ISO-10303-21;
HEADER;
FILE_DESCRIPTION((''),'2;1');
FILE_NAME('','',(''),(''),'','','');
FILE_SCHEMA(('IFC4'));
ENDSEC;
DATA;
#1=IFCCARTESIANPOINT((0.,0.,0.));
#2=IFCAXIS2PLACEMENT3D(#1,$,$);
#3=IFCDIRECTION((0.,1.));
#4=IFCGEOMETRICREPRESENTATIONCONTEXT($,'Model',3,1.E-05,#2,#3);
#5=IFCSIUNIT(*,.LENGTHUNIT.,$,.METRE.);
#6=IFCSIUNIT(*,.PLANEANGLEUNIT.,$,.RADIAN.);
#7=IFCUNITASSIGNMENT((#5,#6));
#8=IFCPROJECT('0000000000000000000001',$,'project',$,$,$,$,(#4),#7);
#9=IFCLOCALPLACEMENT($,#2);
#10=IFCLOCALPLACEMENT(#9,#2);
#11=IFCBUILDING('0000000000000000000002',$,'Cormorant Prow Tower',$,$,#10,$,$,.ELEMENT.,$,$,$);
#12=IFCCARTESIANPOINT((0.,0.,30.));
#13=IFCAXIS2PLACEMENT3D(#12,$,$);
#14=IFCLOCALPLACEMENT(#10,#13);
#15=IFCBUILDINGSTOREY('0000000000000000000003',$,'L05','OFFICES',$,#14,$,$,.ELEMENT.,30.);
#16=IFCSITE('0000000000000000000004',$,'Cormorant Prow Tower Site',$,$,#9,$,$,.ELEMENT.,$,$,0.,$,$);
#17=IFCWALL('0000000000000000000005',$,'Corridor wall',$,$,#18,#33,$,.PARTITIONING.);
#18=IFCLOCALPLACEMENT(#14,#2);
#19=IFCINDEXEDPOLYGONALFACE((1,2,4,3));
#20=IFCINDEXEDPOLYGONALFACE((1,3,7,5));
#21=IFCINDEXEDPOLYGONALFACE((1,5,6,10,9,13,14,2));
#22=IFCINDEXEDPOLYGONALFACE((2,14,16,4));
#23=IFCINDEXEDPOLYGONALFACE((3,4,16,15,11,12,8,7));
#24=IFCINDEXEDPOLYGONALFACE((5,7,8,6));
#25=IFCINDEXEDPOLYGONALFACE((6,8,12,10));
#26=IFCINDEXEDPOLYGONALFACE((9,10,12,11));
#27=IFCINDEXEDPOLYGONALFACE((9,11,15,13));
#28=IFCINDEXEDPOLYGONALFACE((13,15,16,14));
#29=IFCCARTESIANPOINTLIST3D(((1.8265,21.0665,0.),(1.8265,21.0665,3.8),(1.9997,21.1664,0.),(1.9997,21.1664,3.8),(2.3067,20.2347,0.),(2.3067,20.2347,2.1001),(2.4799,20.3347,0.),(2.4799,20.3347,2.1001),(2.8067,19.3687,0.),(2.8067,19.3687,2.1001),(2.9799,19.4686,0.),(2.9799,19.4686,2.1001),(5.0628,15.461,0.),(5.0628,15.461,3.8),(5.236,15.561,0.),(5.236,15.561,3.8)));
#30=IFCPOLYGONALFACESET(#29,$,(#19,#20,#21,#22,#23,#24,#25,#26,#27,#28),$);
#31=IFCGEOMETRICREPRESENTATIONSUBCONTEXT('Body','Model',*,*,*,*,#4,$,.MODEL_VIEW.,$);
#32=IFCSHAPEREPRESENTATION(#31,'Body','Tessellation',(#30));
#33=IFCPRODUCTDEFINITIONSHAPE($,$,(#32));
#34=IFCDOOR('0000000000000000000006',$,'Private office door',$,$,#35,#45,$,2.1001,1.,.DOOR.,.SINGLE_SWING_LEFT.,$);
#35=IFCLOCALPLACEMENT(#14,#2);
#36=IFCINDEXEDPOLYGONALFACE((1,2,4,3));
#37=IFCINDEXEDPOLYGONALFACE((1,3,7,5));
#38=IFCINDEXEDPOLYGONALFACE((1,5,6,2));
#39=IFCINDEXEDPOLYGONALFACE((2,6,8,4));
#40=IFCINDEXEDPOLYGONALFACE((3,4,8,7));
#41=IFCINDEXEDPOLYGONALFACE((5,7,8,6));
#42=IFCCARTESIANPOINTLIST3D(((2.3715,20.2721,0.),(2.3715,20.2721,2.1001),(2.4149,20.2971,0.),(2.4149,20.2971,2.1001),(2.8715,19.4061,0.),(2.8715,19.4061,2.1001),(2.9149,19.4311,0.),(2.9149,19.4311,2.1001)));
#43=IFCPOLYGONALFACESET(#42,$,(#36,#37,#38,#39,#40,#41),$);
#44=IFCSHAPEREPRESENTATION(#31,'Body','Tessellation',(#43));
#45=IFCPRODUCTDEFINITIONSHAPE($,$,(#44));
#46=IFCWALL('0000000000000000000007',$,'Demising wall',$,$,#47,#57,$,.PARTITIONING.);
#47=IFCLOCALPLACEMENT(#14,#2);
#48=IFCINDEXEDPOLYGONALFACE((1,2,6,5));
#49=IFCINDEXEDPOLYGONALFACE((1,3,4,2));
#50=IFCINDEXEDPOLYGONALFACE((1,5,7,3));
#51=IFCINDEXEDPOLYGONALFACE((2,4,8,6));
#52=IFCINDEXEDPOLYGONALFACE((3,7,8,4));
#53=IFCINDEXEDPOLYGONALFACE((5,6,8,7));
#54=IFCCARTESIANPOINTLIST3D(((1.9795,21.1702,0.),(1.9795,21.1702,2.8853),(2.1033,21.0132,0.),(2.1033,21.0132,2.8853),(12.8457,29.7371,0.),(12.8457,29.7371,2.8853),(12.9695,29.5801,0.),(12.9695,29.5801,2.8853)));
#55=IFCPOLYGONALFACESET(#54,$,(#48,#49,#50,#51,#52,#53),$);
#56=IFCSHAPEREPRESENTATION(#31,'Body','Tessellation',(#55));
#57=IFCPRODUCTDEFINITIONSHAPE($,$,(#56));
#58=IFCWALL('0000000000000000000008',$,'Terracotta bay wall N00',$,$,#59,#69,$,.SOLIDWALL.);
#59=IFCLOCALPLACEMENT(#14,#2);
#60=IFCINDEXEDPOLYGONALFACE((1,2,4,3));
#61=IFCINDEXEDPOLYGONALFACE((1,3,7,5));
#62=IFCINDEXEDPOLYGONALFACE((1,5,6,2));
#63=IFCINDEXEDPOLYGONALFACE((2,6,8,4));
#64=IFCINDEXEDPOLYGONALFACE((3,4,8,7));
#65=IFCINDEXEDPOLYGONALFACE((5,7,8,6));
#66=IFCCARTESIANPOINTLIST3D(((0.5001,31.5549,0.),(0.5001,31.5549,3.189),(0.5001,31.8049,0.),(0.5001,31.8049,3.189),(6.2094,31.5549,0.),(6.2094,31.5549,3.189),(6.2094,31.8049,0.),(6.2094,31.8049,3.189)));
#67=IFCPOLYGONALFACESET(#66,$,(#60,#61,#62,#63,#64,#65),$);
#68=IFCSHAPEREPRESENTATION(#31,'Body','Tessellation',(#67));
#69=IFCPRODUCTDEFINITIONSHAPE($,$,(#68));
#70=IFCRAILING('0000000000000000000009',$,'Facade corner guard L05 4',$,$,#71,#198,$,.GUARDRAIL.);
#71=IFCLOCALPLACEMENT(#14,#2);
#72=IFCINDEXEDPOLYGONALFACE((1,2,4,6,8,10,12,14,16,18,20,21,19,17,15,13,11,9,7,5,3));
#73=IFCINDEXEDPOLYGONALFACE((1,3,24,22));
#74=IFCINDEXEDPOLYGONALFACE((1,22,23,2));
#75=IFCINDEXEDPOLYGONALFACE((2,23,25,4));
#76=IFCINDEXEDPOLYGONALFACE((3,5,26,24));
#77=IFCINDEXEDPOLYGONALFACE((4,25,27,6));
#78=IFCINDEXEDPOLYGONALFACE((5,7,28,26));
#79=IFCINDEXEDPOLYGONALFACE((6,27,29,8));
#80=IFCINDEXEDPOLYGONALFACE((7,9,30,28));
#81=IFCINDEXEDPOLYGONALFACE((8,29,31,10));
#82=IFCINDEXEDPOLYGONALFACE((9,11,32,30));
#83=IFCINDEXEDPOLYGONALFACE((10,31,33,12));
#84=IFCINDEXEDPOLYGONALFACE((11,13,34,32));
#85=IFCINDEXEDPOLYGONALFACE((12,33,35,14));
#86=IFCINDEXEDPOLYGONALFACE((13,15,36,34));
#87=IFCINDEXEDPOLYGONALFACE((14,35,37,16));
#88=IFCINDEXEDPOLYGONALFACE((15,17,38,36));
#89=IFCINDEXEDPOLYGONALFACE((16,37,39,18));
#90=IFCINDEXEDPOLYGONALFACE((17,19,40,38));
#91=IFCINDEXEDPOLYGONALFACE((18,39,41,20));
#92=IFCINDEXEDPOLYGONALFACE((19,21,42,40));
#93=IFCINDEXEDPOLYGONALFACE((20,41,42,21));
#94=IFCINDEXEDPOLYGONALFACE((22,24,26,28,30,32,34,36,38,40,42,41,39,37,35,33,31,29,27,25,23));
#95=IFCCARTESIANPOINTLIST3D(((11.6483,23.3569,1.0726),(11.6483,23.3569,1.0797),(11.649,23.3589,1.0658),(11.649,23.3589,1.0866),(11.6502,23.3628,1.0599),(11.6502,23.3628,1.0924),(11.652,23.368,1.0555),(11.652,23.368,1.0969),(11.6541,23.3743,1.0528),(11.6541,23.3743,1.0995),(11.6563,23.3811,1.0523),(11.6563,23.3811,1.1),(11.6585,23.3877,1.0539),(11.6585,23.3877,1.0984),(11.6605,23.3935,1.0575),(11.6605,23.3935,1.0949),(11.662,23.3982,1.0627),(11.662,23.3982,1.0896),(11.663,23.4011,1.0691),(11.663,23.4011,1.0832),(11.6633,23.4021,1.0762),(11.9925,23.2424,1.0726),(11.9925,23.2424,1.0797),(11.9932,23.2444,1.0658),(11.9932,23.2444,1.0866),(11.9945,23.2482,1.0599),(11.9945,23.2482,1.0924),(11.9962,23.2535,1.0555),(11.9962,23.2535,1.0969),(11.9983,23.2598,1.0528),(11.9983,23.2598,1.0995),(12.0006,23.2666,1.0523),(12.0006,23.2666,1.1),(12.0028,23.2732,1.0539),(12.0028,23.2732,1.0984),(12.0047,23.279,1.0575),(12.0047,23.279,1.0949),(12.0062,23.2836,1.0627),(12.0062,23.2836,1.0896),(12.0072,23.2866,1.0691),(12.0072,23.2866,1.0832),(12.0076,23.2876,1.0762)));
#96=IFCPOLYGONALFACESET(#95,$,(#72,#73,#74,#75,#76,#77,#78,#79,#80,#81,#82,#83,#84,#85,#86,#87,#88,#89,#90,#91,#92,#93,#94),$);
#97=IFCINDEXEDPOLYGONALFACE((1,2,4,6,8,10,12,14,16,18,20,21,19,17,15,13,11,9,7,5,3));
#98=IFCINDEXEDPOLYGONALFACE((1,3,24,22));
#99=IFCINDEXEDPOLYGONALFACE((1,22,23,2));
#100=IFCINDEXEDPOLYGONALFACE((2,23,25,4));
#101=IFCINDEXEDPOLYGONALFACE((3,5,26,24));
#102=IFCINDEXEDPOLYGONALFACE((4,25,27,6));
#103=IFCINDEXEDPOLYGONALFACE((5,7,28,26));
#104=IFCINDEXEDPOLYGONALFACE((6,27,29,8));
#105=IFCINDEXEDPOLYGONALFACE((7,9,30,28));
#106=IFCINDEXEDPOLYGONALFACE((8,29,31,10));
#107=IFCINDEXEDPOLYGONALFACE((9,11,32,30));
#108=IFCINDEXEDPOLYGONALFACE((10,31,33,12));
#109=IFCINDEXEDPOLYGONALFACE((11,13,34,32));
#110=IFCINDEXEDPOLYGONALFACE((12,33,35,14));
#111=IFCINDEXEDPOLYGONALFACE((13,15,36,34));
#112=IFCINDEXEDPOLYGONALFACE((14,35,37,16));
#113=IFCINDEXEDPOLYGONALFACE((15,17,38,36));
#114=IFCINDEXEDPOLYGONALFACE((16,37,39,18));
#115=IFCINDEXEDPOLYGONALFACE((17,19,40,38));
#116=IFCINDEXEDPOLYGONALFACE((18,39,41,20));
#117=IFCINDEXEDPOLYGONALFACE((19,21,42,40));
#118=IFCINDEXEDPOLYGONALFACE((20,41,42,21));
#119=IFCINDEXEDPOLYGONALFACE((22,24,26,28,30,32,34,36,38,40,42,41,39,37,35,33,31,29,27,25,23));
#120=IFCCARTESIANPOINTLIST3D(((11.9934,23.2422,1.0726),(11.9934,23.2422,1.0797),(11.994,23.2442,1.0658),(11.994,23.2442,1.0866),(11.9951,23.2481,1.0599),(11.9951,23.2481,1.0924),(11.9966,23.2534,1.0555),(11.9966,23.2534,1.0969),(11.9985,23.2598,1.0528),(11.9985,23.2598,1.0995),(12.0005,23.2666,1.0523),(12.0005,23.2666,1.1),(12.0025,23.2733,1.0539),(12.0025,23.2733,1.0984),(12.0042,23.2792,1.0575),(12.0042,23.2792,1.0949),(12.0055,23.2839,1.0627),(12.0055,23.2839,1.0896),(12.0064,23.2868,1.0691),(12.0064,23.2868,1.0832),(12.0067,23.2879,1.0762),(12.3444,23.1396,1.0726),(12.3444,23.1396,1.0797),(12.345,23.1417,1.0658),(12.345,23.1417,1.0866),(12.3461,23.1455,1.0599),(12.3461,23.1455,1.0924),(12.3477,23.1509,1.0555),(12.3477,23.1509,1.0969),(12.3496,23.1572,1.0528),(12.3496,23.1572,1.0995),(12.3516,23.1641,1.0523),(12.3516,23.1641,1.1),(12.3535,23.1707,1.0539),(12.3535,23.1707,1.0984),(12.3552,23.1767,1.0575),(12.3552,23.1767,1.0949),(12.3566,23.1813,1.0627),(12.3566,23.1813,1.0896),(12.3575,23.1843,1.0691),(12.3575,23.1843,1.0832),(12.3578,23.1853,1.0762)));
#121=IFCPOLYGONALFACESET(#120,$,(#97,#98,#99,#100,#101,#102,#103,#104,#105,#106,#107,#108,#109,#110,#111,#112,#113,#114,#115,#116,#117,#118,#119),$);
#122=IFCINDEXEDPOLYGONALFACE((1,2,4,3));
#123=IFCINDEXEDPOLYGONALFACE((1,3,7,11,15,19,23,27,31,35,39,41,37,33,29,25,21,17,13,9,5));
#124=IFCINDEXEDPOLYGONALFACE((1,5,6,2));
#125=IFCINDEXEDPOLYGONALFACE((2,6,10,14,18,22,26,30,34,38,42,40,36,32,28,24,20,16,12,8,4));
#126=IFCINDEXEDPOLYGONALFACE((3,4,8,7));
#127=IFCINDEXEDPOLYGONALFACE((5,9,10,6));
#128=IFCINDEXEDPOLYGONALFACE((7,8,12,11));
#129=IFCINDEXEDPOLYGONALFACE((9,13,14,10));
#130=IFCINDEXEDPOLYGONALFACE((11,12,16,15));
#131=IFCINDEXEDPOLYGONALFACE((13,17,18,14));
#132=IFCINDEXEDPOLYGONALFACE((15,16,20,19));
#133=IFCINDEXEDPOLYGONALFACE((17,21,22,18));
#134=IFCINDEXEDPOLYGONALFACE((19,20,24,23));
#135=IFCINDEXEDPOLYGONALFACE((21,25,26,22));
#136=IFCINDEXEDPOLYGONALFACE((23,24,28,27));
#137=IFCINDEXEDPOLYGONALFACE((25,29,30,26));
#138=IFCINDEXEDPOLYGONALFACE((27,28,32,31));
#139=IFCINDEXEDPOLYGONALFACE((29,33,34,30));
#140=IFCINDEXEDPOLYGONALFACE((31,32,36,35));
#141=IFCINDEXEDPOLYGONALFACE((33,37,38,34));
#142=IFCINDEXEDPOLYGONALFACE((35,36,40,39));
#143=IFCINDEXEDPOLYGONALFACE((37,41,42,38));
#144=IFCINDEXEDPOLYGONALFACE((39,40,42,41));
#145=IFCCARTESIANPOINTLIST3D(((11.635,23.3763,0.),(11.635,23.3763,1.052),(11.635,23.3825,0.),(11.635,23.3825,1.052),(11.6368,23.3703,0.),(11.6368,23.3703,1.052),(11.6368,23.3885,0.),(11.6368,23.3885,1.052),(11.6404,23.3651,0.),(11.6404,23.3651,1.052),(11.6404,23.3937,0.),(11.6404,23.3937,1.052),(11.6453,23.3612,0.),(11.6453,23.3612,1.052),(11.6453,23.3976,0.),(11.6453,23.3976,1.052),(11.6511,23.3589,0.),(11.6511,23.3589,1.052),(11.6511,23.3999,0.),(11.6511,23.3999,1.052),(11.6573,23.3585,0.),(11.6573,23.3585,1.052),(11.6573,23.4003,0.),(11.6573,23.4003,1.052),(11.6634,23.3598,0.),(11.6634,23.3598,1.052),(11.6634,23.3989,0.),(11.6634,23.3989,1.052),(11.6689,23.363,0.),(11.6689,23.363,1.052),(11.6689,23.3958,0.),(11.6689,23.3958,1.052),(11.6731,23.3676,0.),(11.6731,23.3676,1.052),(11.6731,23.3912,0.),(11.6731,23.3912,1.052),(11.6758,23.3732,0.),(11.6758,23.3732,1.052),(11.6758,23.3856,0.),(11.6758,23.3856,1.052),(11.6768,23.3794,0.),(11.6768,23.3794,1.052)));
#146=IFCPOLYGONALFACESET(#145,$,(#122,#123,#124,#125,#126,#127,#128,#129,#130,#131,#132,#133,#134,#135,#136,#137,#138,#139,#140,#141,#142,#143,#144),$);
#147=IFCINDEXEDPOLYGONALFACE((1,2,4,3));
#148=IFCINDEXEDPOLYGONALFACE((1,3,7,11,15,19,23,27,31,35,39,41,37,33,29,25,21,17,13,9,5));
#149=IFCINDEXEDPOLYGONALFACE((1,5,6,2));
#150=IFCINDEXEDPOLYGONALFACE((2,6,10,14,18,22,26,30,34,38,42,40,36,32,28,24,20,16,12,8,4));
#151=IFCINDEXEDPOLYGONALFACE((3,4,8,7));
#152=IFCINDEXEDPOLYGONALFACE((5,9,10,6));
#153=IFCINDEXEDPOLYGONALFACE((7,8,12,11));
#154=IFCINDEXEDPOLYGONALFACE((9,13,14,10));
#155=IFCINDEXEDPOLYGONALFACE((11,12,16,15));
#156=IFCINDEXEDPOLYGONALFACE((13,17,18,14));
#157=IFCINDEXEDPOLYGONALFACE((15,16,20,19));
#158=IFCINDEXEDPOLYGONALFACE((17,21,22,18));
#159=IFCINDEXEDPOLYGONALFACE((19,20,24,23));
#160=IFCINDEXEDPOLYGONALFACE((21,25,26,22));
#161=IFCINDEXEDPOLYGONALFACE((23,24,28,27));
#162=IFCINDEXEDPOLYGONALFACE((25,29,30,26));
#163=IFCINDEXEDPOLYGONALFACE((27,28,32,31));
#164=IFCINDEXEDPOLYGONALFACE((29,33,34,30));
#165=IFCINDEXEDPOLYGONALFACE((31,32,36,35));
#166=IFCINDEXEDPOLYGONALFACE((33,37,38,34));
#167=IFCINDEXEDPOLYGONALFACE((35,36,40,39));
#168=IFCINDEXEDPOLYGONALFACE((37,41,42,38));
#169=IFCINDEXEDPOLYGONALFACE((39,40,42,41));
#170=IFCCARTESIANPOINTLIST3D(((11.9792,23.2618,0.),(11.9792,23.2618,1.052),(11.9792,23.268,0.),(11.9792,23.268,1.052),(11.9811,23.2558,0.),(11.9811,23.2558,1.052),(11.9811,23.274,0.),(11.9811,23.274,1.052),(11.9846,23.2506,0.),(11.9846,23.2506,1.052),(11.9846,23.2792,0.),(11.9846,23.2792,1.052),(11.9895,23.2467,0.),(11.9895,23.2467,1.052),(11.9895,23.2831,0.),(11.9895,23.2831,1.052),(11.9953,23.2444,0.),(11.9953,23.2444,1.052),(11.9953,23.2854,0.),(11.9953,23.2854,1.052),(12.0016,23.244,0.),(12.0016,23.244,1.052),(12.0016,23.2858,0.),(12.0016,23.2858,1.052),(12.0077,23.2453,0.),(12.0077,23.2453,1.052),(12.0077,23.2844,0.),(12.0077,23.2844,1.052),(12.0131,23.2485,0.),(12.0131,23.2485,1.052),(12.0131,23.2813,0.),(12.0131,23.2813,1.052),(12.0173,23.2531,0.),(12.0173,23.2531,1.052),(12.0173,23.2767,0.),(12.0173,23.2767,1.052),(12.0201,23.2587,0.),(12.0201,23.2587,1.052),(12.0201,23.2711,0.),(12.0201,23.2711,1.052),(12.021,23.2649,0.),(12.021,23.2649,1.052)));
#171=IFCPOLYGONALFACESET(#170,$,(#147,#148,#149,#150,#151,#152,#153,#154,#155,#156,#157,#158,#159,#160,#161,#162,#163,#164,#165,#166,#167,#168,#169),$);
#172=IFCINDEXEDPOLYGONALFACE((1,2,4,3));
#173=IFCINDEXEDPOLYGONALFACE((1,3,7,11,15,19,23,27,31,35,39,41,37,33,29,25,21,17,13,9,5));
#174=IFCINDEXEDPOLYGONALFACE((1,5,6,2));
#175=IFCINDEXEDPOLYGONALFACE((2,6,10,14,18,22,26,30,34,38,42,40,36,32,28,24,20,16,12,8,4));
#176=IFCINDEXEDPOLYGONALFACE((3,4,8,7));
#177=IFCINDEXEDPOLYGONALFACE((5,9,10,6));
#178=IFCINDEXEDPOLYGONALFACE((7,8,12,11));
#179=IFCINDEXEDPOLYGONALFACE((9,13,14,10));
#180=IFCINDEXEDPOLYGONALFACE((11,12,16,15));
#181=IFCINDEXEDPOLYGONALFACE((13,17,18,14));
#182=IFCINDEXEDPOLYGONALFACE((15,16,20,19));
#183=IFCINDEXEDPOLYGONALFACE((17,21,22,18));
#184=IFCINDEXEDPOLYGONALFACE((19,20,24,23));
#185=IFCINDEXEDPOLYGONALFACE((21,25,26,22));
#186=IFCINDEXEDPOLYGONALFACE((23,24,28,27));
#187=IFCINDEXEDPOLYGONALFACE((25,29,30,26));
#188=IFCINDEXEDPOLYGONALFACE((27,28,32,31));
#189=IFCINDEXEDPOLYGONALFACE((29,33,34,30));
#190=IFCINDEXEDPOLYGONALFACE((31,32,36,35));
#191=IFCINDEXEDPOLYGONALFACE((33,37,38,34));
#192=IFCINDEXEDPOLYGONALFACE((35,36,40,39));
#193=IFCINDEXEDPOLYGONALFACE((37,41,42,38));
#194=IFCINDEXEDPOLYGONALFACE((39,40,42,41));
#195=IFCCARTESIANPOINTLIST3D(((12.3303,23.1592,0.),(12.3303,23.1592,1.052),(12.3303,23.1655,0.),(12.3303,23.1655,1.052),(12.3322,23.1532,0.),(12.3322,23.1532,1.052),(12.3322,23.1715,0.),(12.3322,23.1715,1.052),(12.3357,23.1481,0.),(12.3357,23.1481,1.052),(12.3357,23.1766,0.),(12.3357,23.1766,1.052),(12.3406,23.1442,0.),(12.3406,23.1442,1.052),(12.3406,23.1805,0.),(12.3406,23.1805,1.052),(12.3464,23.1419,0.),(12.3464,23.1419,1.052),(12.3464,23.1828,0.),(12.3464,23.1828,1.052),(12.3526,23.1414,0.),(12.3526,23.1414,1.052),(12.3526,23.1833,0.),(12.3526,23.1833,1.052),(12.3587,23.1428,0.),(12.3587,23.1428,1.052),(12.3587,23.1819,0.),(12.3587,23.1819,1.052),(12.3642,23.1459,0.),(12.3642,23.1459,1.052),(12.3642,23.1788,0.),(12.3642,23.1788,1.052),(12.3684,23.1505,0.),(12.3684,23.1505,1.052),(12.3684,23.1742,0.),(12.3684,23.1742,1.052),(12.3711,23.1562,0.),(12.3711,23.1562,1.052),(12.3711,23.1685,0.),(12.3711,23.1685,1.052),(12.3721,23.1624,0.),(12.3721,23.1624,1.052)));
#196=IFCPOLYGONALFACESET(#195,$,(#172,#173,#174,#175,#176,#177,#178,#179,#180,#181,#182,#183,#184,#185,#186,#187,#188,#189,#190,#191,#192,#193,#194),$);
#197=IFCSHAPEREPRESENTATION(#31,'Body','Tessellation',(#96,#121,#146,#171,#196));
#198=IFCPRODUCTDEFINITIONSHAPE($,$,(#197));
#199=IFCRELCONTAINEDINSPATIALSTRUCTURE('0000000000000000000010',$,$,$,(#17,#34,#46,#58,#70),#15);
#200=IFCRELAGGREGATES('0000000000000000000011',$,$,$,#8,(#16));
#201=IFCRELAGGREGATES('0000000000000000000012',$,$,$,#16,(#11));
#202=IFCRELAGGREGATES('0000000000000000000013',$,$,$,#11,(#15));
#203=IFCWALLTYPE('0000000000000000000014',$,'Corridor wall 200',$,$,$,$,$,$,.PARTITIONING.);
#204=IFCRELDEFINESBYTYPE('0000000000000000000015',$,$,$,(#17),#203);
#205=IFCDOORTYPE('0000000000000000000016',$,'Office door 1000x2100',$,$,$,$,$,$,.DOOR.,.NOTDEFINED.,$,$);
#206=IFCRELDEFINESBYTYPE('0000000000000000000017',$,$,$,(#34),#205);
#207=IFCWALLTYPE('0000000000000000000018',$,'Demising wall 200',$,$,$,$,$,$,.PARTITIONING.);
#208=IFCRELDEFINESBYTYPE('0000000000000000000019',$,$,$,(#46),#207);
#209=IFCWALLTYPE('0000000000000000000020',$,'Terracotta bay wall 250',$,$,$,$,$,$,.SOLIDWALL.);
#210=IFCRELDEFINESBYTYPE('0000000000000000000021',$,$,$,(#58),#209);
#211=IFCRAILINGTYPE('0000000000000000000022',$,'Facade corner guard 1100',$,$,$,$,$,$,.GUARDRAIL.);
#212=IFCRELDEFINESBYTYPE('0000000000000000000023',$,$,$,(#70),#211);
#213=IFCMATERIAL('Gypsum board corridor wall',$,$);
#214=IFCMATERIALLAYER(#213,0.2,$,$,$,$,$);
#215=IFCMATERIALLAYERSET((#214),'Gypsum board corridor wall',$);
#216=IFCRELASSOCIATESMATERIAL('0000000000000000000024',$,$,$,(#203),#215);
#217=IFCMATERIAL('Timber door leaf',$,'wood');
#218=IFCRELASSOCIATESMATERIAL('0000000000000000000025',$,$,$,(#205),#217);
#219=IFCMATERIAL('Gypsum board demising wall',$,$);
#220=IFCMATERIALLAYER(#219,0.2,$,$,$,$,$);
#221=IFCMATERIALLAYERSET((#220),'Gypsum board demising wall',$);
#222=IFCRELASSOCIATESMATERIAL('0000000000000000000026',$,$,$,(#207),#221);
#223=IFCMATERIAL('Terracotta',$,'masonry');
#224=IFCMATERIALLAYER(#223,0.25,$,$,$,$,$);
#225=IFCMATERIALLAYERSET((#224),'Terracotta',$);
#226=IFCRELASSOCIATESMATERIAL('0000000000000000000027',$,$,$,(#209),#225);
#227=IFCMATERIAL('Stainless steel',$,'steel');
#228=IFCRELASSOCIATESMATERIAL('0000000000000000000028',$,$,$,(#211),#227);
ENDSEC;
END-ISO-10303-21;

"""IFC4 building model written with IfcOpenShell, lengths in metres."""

from ifc_helpers import new_model, si_unit, direction, frame, frame_2d, origin, origin_2d, place, context, subcontext, project, spatial, rectangle, circle, extrude, material, layer, layer_set, type_object, element, fill, save


model = new_model("IFC4")

# Units and contexts
model_context = context("Model", 3, precision=1e-05, world=origin(), true_north=direction((0.0, 1.0)))
body_context = subcontext(model_context, "Body", "Model", "MODEL_VIEW")
ifc_project = project(units=[si_unit("LENGTHUNIT", "METRE"), si_unit("PLANEANGLEUNIT", "RADIAN")], contexts=[model_context])

# Site, building, storey
site_placement = place(None, origin())
site = spatial("IfcSite", under=ifc_project, at=site_placement, Name="Cormorant Prow Tower Site", CompositionType="ELEMENT", RefElevation=0.0)
building_placement = place(site_placement, origin())
building = spatial("IfcBuilding", under=site, at=building_placement, Name="Cormorant Prow Tower", CompositionType="ELEMENT")
storey_placement = place(building_placement, frame((0.0, 0.0, 30.0)))
storey = spatial("IfcBuildingStorey", under=building, at=storey_placement, Name="L05", Description="OFFICES", CompositionType="ELEMENT", Elevation=30.0)

# Wall, opening, door
ifc_material_1 = material(Name="Gypsum board corridor wall")
ifc_layer_1 = layer(ifc_material_1, 0.2)
ifc_layer_set_1 = layer_set([ifc_layer_1], Name="Gypsum board corridor wall")
wall_type_1 = type_object("IfcWallType", Name="Corridor wall 200", PredefinedType="PARTITIONING", material=ifc_layer_set_1)
wall_1_placement = place(storey_placement, frame((1.9131, 21.1165, 0.0), z_axis=(0.0, 0.0, 1.0), x_axis=(0.500001, -0.866025, 0.0)))
wall_1 = element("IfcWall", 1, at=wall_1_placement, inside=storey, type_object=wall_type_1, Name="Corridor wall", PredefinedType="PARTITIONING", context=body_context, shape_type="SweptSolid", body=[
    extrude(rectangle(XDim=6.4727, YDim=0.2, at=frame_2d((3.2363, 0.0))), origin(), (0.0, 0.0, 1.0), 3.8),
])
opening_1_placement = place(wall_1_placement, frame((0.9604, 0.0, 0.0)))
opening_1 = element("IfcOpeningElement", 2, at=opening_1_placement, cuts=wall_1, PredefinedType="OPENING", context=body_context, shape_type="SweptSolid", body=[
    extrude(rectangle(XDim=1.0, YDim=2.1001, at=frame_2d((0.5, 1.05))), frame((0.0, 0.1099, 0.0), z_axis=(0.0, -1.0, 0.0), x_axis=(1.0, 0.0, 0.0)), (0.0, 0.0, 1.0), 0.22),
])
ifc_material_2 = material(Name="Timber door leaf", Category="wood")
door_type_1 = type_object("IfcDoorType", Name="Office door 1000x2100", OperationType="NOTDEFINED", PredefinedType="DOOR", material=ifc_material_2)
door_1_placement = place(opening_1_placement, origin())
door_1 = element("IfcDoor", 3, at=door_1_placement, inside=storey, type_object=door_type_1, Name="Private office door", OperationType="SINGLE_SWING_LEFT", OverallHeight=2.1001, OverallWidth=1.0, PredefinedType="DOOR", context=body_context, shape_type="SweptSolid", body=[
    extrude(rectangle(XDim=1.0, YDim=2.1001, at=frame_2d((0.5, 1.05))), frame((0.0, 0.0249, 0.0), z_axis=(0.0, -1.0, 0.0), x_axis=(1.0, 0.0, 0.0)), (0.0, 0.0, 1.0), 0.05),
])
fill(opening_1, door_1)

# Walls
ifc_material_3 = material(Name="Gypsum board demising wall")
ifc_layer_2 = layer(ifc_material_3, 0.2)
ifc_layer_set_2 = layer_set([ifc_layer_2], Name="Gypsum board demising wall")
wall_type_2 = type_object("IfcWallType", Name="Demising wall 200", PredefinedType="PARTITIONING", material=ifc_layer_set_2)
wall_2_placement = place(storey_placement, frame((2.0415, 21.0918, 0.0), z_axis=(0.0, 0.0, 1.0), x_axis=(0.785294, 0.619124, 0.0)))
element("IfcWall", 4, at=wall_2_placement, inside=storey, type_object=wall_type_2, Name="Demising wall", PredefinedType="PARTITIONING", context=body_context, shape_type="SweptSolid", body=[
    extrude(rectangle(XDim=13.8372, YDim=0.2, at=frame_2d((6.9185, 0.0))), origin(), (0.0, 0.0, 1.0), 2.8853),
])
ifc_material_4 = material(Name="Terracotta", Category="masonry")
ifc_layer_3 = layer(ifc_material_4, 0.25)
ifc_layer_set_3 = layer_set([ifc_layer_3], Name="Terracotta")
wall_type_3 = type_object("IfcWallType", Name="Terracotta bay wall 250", PredefinedType="SOLIDWALL", material=ifc_layer_set_3)
wall_3_placement = place(storey_placement, frame((6.2092, 31.6799, 0.0), z_axis=(0.0, 0.0, 1.0), x_axis=(-1.0, 0.0, 0.0)))
element("IfcWall", 5, at=wall_3_placement, inside=storey, type_object=wall_type_3, Name="Terracotta bay wall N00", PredefinedType="SOLIDWALL", context=body_context, shape_type="SweptSolid", body=[
    extrude(rectangle(XDim=5.7092, YDim=0.25, at=frame_2d((2.8545, 0.0))), origin(), (0.0, 0.0, 1.0), 3.189),
])

# Railing
ifc_material_5 = material(Name="Stainless steel", Category="steel")
railing_type = type_object("IfcRailingType", Name="Facade corner guard 1100", PredefinedType="GUARDRAIL", material=ifc_material_5)
railing_placement = place(storey_placement, frame((11.6558, 23.3794, 0.0)))
element("IfcRailing", 6, at=railing_placement, inside=storey, type_object=railing_type, Name="Facade corner guard L05 4", PredefinedType="GUARDRAIL", context=body_context, shape_type="SweptSolid", body=[
    extrude(circle(Radius=0.0239, at=origin_2d()), frame((0.0, 0.0, 1.0762), z_axis=(0.948885, -0.315622, 0.0), x_axis=(0.315622, 0.948885, 0.0)), (0.0, 0.0, 1.0), 0.3628),
    extrude(circle(Radius=0.0239, at=origin_2d()), frame((0.3442, -0.1145, 1.0762), z_axis=(0.959895, -0.280359, 0.0), x_axis=(0.280359, 0.959895, 0.0)), (0.0, 0.0, 1.0), 0.3657),
    extrude(circle(Radius=0.021, at=origin_2d()), origin(), (0.0, 0.0, 1.0), 1.052),
    extrude(circle(Radius=0.021, at=origin_2d()), frame((0.3442, -0.1145, 0.0)), (0.0, 0.0, 1.0), 1.052),
    extrude(circle(Radius=0.021, at=origin_2d()), frame((0.6953, -0.217, 0.0)), (0.0, 0.0, 1.0), 1.052),
])

save(model, "model.ifc")
